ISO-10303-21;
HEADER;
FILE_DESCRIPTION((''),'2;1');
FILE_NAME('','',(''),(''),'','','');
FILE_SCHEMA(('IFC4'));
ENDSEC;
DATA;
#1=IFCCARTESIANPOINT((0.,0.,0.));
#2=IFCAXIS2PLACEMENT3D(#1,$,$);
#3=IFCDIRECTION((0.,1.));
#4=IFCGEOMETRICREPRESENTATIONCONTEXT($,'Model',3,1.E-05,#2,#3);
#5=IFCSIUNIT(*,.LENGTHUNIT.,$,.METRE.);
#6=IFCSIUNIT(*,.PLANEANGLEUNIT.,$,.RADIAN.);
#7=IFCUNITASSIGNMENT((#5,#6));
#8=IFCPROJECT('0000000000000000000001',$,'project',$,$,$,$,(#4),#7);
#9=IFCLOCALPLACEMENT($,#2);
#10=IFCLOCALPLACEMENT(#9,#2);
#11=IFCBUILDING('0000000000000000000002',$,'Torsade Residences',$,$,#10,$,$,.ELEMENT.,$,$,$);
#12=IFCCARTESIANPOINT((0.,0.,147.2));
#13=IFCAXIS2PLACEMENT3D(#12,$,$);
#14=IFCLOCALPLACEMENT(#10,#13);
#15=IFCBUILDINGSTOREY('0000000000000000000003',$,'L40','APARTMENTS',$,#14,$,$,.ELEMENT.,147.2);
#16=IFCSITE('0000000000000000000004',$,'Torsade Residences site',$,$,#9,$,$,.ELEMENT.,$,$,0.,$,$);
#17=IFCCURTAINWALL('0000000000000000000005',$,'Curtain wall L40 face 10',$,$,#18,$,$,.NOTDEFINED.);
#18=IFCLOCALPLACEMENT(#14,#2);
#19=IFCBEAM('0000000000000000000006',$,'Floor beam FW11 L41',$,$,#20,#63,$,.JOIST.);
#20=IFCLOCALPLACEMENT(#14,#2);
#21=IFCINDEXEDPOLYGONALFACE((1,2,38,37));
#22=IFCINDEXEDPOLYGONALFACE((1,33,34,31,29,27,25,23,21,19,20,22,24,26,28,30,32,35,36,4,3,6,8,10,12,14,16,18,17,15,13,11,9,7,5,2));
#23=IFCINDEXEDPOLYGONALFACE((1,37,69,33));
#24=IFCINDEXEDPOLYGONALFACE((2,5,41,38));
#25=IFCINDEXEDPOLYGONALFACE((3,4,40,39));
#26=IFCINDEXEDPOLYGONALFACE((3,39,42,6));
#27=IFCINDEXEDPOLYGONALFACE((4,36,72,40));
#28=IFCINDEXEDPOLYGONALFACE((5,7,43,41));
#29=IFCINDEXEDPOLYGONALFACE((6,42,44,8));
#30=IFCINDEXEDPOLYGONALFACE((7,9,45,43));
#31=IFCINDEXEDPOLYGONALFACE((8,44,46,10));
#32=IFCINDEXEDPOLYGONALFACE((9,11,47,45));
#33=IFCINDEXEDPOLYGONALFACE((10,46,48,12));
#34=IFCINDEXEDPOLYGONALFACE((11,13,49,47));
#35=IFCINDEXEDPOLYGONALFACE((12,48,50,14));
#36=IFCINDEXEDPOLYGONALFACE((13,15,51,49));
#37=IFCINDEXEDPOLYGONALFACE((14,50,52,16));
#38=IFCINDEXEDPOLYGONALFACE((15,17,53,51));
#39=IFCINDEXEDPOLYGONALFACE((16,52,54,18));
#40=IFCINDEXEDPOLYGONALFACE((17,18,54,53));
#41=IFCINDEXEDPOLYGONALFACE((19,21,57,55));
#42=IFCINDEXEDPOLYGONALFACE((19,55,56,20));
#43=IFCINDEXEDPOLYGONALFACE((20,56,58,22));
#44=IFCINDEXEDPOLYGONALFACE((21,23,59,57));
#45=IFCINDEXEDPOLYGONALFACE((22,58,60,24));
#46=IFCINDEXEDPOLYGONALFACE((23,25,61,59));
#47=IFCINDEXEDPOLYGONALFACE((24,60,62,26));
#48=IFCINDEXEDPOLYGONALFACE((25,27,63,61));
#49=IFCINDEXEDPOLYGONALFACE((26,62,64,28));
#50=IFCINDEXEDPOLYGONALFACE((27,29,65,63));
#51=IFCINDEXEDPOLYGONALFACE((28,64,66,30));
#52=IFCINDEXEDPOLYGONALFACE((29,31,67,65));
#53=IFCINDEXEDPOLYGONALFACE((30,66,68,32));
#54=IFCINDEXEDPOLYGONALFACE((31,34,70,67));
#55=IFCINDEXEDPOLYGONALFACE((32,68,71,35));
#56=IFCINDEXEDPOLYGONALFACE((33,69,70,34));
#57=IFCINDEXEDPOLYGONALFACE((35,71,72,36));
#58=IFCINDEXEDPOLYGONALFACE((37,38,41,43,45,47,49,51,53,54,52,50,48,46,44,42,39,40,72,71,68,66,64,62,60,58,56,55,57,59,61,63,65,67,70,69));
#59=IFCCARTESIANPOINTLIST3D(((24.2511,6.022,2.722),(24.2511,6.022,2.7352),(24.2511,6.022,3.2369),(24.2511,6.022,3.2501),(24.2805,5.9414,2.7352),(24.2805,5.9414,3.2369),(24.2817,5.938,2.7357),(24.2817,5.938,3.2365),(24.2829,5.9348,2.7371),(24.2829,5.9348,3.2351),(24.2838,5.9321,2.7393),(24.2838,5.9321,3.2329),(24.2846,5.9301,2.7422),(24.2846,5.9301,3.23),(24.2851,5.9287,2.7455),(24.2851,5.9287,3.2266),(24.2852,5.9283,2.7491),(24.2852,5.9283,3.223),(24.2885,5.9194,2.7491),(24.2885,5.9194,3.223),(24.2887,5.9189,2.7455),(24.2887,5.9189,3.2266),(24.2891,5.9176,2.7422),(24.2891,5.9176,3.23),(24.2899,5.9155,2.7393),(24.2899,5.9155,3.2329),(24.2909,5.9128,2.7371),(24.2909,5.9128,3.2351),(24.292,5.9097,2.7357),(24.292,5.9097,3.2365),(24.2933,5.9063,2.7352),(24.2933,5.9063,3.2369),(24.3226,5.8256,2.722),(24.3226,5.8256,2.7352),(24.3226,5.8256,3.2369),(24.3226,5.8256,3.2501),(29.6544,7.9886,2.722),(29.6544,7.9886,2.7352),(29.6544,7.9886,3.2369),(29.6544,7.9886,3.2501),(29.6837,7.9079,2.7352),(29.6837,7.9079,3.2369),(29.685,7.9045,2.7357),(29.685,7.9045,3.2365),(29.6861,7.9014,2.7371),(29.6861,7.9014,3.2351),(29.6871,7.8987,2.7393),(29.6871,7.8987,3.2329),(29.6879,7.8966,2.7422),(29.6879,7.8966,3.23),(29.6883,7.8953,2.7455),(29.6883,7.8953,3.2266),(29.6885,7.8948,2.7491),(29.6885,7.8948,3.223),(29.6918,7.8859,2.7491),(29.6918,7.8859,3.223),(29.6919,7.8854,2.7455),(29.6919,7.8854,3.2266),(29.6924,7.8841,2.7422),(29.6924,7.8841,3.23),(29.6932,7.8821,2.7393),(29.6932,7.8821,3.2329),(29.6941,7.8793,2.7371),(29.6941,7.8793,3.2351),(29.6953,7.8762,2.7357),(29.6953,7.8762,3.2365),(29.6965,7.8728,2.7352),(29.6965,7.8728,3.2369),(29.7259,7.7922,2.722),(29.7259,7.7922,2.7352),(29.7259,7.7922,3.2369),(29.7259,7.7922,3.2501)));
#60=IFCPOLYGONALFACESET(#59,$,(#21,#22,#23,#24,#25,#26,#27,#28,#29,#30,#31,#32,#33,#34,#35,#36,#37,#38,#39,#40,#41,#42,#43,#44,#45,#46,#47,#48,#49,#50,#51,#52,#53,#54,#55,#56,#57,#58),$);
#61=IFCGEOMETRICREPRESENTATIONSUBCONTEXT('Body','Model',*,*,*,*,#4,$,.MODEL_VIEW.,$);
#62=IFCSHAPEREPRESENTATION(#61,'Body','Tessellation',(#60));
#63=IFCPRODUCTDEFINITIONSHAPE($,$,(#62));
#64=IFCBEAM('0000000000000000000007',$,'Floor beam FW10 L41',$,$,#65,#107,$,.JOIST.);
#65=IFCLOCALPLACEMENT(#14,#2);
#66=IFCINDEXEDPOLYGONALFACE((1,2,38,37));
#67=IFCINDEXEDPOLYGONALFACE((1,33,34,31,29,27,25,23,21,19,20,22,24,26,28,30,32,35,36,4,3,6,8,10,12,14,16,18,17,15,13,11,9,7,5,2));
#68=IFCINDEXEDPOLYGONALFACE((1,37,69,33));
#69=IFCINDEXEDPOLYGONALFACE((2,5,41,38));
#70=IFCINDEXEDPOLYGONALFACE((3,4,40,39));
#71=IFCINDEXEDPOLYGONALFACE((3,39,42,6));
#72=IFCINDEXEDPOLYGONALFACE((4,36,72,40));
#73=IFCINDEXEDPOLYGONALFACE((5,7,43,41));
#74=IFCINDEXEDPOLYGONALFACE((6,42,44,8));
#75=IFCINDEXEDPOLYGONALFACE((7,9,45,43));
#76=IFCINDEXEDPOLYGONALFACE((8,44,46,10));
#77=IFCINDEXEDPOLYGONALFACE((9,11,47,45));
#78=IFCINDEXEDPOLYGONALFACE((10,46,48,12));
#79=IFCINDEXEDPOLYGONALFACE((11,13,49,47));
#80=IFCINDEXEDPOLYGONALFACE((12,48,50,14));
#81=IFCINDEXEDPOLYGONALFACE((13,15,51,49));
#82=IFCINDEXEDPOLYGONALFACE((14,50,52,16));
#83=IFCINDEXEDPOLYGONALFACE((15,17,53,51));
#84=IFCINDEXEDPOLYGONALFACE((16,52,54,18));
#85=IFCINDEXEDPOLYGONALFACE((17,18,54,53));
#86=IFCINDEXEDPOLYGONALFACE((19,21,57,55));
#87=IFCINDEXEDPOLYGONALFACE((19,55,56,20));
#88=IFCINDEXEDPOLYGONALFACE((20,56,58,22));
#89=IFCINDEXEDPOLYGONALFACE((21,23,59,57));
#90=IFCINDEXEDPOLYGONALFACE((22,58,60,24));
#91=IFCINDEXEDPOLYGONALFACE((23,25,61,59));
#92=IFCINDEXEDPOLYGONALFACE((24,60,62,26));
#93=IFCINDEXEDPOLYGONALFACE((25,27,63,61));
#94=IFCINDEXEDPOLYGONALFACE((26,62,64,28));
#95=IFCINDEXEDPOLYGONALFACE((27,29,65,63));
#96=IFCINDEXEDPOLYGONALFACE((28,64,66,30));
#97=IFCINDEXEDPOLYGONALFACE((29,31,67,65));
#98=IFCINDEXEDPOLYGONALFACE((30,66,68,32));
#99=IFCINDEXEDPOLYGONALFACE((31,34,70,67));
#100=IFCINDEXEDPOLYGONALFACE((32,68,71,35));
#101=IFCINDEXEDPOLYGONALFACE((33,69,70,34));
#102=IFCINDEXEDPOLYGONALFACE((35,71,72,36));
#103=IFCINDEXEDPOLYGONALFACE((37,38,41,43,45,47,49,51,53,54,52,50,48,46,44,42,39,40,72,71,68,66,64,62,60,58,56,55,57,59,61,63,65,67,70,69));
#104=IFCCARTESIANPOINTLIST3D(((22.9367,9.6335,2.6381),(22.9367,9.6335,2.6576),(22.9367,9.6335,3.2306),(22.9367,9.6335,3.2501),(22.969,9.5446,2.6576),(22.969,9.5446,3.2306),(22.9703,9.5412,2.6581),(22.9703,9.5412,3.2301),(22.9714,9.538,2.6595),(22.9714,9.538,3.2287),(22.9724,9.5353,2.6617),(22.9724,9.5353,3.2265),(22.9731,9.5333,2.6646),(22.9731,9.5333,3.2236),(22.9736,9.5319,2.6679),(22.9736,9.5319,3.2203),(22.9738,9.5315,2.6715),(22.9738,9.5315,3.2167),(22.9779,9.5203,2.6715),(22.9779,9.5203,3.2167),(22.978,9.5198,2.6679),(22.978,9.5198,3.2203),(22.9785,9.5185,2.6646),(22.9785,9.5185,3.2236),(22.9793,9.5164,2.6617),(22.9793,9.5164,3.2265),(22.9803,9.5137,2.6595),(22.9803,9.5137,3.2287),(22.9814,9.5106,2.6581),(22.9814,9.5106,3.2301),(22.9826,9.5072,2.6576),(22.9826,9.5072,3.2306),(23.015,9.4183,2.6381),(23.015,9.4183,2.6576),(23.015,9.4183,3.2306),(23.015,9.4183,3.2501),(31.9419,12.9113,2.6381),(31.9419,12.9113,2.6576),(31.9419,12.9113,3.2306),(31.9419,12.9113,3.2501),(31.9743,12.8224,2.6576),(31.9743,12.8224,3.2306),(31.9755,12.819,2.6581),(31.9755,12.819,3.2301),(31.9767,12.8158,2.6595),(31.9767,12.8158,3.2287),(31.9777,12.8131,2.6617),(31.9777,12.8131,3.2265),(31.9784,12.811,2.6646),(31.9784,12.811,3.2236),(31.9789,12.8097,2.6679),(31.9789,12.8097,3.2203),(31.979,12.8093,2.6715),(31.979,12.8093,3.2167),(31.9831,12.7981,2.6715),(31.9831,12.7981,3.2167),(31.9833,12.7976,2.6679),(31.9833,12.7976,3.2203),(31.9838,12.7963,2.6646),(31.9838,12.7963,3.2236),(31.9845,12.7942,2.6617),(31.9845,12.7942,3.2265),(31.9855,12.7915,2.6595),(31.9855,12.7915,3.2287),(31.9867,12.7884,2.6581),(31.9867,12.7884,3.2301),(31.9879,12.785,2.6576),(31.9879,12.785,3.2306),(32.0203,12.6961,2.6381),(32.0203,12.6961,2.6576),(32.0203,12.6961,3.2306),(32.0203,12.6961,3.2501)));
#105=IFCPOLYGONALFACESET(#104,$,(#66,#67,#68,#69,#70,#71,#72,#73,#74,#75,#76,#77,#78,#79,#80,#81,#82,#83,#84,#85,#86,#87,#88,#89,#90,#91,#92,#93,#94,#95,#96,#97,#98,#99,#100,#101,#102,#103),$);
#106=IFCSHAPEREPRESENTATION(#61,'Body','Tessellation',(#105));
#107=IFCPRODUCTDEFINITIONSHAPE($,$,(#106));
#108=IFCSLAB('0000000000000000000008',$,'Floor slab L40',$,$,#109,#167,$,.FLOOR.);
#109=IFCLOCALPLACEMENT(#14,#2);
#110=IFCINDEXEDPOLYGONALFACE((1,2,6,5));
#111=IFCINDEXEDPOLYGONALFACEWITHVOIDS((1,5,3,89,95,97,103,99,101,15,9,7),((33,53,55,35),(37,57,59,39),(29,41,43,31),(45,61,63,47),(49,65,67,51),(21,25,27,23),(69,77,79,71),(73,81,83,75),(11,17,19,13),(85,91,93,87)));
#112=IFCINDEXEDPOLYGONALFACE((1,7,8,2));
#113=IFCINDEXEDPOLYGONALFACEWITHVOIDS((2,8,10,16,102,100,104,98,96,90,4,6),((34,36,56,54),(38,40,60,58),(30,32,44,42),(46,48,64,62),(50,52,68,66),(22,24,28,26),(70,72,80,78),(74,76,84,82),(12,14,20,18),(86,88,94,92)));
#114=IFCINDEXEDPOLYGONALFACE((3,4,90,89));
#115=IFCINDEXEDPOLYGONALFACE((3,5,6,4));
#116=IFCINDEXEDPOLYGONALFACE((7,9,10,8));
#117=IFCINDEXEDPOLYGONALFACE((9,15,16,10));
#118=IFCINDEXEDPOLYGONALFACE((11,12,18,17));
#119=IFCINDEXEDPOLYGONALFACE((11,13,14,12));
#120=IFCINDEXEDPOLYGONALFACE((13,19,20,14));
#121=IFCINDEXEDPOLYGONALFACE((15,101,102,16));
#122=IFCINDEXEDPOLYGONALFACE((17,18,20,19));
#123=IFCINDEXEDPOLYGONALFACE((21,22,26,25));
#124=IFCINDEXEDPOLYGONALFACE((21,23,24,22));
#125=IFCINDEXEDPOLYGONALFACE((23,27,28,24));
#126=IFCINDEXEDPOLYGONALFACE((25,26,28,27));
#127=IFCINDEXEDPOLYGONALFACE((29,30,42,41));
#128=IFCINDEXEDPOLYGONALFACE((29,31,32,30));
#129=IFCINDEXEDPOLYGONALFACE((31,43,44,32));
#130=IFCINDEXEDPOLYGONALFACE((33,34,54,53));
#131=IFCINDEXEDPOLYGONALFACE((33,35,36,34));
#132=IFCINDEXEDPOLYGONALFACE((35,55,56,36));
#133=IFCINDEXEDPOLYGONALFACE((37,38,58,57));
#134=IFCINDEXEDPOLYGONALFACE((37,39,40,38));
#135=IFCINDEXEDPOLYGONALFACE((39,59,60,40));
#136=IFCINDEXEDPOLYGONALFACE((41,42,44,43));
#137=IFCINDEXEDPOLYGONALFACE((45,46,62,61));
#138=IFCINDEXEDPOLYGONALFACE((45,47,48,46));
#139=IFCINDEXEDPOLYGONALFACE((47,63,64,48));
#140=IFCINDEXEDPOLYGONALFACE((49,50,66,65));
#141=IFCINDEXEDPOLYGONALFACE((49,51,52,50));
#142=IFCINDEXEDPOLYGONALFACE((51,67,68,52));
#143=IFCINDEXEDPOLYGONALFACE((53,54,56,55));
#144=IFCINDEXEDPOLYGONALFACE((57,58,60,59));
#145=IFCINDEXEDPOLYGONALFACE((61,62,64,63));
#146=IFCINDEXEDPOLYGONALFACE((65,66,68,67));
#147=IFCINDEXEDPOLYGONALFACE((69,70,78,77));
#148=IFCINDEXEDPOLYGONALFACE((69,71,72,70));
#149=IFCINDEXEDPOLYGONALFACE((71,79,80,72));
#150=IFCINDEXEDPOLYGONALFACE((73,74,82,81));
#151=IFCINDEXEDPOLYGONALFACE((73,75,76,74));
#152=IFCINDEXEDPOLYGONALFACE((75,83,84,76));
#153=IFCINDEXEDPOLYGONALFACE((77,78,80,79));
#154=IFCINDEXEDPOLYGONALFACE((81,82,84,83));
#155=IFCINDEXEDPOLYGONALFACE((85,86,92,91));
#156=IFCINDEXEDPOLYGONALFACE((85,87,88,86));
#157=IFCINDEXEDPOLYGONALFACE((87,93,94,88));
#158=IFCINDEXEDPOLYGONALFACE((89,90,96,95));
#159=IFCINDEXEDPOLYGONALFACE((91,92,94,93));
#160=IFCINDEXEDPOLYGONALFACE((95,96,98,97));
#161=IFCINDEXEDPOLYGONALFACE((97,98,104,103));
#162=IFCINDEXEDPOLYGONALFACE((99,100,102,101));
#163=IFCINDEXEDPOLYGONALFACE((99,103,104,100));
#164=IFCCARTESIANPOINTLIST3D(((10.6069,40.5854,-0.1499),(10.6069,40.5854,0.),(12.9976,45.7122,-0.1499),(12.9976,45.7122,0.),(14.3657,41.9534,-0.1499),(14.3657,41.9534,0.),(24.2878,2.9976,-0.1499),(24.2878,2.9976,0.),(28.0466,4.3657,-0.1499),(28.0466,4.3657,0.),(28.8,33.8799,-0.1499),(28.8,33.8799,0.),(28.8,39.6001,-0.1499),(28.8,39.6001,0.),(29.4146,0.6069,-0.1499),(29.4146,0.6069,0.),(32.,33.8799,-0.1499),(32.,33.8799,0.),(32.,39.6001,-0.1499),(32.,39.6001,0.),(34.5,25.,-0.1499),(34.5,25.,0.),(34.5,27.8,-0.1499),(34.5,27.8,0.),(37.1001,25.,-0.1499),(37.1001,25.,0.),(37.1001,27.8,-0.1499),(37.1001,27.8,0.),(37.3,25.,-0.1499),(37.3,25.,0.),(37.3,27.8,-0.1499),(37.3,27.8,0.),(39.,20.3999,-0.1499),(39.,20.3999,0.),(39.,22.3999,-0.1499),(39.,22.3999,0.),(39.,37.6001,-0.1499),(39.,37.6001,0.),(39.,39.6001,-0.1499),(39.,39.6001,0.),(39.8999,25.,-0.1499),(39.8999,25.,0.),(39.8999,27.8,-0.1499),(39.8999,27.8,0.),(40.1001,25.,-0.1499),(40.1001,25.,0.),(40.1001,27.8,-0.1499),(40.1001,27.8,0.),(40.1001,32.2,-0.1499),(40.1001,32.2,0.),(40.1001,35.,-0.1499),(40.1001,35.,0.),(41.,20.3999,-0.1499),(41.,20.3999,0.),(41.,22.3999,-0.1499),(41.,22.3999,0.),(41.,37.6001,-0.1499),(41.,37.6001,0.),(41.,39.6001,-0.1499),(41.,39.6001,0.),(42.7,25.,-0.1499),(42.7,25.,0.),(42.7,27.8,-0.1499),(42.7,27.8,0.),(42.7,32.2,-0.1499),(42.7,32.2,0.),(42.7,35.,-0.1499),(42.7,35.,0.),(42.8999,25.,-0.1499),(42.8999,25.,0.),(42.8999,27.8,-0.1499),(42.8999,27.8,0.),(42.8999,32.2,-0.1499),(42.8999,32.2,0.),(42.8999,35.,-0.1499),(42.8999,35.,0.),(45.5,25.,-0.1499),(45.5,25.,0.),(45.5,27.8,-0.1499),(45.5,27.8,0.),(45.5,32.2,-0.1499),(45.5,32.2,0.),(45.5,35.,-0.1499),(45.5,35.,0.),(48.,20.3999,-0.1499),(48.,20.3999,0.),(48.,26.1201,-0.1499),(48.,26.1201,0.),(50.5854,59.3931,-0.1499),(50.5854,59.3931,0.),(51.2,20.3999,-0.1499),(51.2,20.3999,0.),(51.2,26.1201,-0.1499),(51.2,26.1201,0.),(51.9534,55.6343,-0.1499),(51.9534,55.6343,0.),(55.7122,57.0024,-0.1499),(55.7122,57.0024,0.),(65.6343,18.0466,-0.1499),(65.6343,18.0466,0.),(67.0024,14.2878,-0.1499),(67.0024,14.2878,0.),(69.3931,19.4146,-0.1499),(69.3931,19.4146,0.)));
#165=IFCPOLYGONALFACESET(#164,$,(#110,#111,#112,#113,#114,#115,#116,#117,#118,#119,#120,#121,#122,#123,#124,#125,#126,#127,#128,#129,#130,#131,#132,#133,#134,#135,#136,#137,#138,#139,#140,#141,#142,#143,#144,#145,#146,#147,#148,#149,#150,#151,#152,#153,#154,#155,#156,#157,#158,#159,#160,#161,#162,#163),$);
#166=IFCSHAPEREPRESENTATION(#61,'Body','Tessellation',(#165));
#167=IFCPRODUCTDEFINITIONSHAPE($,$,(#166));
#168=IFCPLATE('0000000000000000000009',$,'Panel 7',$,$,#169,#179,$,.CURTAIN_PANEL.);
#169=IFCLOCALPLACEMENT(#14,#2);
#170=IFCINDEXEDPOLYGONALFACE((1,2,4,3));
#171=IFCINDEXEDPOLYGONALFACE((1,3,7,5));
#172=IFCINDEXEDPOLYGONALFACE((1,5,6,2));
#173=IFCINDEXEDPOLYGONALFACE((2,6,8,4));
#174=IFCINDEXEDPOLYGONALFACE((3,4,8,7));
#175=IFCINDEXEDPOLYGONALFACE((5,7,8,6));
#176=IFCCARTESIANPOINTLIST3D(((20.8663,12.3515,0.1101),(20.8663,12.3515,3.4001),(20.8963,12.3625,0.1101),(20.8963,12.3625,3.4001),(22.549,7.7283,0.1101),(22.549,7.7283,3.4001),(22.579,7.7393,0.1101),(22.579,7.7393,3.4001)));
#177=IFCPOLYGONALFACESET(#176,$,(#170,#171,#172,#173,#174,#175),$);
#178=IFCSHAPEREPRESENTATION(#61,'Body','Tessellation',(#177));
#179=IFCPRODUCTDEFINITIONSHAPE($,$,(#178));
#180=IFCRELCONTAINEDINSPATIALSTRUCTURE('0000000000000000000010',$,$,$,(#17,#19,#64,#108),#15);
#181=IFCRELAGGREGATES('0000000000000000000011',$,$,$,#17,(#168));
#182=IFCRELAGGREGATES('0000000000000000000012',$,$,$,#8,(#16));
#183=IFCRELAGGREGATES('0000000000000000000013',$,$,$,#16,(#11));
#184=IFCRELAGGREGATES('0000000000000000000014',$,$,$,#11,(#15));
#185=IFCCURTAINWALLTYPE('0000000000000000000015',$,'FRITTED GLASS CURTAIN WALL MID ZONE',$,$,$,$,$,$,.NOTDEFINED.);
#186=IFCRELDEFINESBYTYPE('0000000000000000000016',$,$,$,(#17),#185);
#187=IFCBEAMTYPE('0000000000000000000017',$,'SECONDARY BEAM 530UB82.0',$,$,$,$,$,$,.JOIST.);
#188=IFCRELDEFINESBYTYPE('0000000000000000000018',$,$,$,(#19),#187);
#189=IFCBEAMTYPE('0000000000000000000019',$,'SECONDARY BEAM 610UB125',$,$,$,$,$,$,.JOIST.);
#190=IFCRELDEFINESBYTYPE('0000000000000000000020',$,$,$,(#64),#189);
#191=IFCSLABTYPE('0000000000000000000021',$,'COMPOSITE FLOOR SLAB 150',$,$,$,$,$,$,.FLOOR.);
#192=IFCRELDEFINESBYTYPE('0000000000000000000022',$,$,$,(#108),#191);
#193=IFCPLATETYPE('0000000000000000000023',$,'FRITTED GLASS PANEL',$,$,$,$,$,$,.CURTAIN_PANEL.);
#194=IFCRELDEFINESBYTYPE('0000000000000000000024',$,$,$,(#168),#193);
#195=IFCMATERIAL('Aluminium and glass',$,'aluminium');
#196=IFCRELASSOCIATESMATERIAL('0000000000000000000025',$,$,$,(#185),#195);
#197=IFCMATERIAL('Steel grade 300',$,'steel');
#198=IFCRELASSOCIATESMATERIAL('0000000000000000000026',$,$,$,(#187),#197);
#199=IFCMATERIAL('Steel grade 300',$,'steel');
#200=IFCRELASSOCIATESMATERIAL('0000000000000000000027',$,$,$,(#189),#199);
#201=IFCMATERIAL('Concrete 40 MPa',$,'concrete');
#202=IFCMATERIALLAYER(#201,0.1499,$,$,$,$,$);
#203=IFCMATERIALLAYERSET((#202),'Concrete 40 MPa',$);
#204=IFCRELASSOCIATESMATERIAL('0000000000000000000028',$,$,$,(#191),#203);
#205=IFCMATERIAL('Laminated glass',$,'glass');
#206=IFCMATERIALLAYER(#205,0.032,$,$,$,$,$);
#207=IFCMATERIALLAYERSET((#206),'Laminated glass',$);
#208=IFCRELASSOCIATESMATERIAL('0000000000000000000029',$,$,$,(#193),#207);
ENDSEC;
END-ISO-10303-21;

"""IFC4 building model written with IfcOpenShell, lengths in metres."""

from ifc_helpers import new_model, si_unit, direction, frame, origin, origin_2d, place, context, subcontext, project, spatial, polyline, rectangle, i_section, outline, extrude, material, layer, layer_set, material_profile, profile_set, type_object, element, aggregate, save


model = new_model("IFC4")

# Units and contexts
model_context = context("Model", 3, precision=1e-05, world=origin(), true_north=direction((0.0, 1.0)))
body_context = subcontext(model_context, "Body", "Model", "MODEL_VIEW")
ifc_project = project(units=[si_unit("LENGTHUNIT", "METRE"), si_unit("PLANEANGLEUNIT", "RADIAN")], contexts=[model_context])

# Site, building, storey
site_placement = place(None, origin())
site = spatial("IfcSite", under=ifc_project, at=site_placement, Name="Torsade Residences site", CompositionType="ELEMENT", RefElevation=0.0)
building_placement = place(site_placement, origin())
building = spatial("IfcBuilding", under=site, at=building_placement, Name="Torsade Residences", CompositionType="ELEMENT")
storey_placement = place(building_placement, frame((0.0, 0.0, 147.2)))
storey = spatial("IfcBuildingStorey", under=building, at=storey_placement, Name="L40", Description="APARTMENTS", CompositionType="ELEMENT", Elevation=147.2)

# Curtain wall
ifc_material_1 = material(Name="Aluminium and glass", Category="aluminium")
curtain_wall_type = type_object("IfcCurtainWallType", Name="FRITTED GLASS CURTAIN WALL MID ZONE", PredefinedType="NOTDEFINED", material=ifc_material_1)
curtain_wall_placement = place(storey_placement, origin())
curtain_wall = element("IfcCurtainWall", 1, at=curtain_wall_placement, inside=storey, type_object=curtain_wall_type, Name="Curtain wall L40 face 10", PredefinedType="NOTDEFINED")

# Beams
ifc_material_2 = material(Name="Steel grade 300", Category="steel")
ifc_material_profile_1 = material_profile(ifc_material_2, i_section(OverallWidth=0.209, OverallDepth=0.5281, WebThickness=0.0095, FlangeThickness=0.0132, FilletRadius=0.0139, at=origin_2d()), Name="530UB82.0")
ifc_profile_set_1 = profile_set([ifc_material_profile_1], Name="Steel grade 300")
beam_type_1 = type_object("IfcBeamType", Name="SECONDARY BEAM 530UB82.0", PredefinedType="JOIST", material=ifc_profile_set_1)
beam_1_placement = place(storey_placement, frame((24.2869, 5.9238, 2.9861), z_axis=(0.939698, 0.342006, 0.0), x_axis=(-0.342006, 0.939698, 0.0)))
element("IfcBeam", 2, at=beam_1_placement, inside=storey, type_object=beam_type_1, Name="Floor beam FW11 L41", PredefinedType="JOIST", context=body_context, shape_type="SweptSolid", body=[
    extrude(i_section(OverallWidth=0.209, OverallDepth=0.5281, WebThickness=0.0095, FlangeThickness=0.0132, FilletRadius=0.0139, at=origin_2d()), origin(), (0.0, 0.0, 1.0), 5.75),
])
ifc_material_3 = material(Name="Steel grade 300", Category="steel")
ifc_material_profile_2 = material_profile(ifc_material_3, i_section(OverallWidth=0.229, OverallDepth=0.6121, WebThickness=0.012, FlangeThickness=0.0195, FilletRadius=0.0139, at=origin_2d()), Name="610UB125")
ifc_profile_set_2 = profile_set([ifc_material_profile_2], Name="Steel grade 300")
beam_type_2 = type_object("IfcBeamType", Name="SECONDARY BEAM 610UB125", PredefinedType="JOIST", material=ifc_profile_set_2)
beam_2_placement = place(storey_placement, frame((22.9758, 9.5259, 2.9441), z_axis=(0.939688, 0.342034, 0.0), x_axis=(-0.342034, 0.939688, 0.0)))
element("IfcBeam", 3, at=beam_2_placement, inside=storey, type_object=beam_type_2, Name="Floor beam FW10 L41", PredefinedType="JOIST", context=body_context, shape_type="SweptSolid", body=[
    extrude(i_section(OverallWidth=0.229, OverallDepth=0.6121, WebThickness=0.012, FlangeThickness=0.0195, FilletRadius=0.0139, at=origin_2d()), origin(), (0.0, 0.0, 1.0), 9.5833),
])

# Slab
ifc_material_4 = material(Name="Concrete 40 MPa", Category="concrete")
ifc_layer_1 = layer(ifc_material_4, 0.1499)
ifc_layer_set_1 = layer_set([ifc_layer_1], Name="Concrete 40 MPa")
slab_type_1 = type_object("IfcSlabType", Name="COMPOSITE FLOOR SLAB 150", PredefinedType="FLOOR", material=ifc_layer_set_1)
slab_1_placement = place(storey_placement, frame((0.0, 0.0, -0.1499)))
element("IfcSlab", 4, at=slab_1_placement, inside=storey, type_object=slab_type_1, Name="Floor slab L40", PredefinedType="FLOOR", context=body_context, shape_type="SweptSolid", body=[
    extrude(outline(polyline([(29.4146, 0.6069), (67.0024, 14.2878), (65.6343, 18.0466), (69.3931, 19.4146), (55.7122, 57.0024), (51.9534, 55.6343), (50.5854, 59.3931), (12.9976, 45.7122), (14.3657, 41.9534), (10.6069, 40.5854), (24.2878, 2.9976), (28.0466, 4.3657), (29.4146, 0.6069)]), holes=[polyline([(51.2, 26.1201), (48.0, 26.1201), (48.0, 20.3999), (51.2, 20.3999), (51.2, 26.1201)]), polyline([(45.5, 27.8), (42.8999, 27.8), (42.8999, 25.0), (45.5, 25.0), (45.5, 27.8)]), polyline([(45.5, 35.0), (42.8999, 35.0), (42.8999, 32.2), (45.5, 32.2), (45.5, 35.0)]), polyline([(42.7, 25.0), (42.7, 27.8), (40.1001, 27.8), (40.1001, 25.0), (42.7, 25.0)]), polyline([(42.7, 35.0), (40.1001, 35.0), (40.1001, 32.2), (42.7, 32.2), (42.7, 35.0)]), polyline([(41.0, 22.3999), (39.0, 22.3999), (39.0, 20.3999), (41.0, 20.3999), (41.0, 22.3999)]), polyline([(41.0, 37.6001), (41.0, 39.6001), (39.0, 39.6001), (39.0, 37.6001), (41.0, 37.6001)]), polyline([(39.8999, 25.0), (39.8999, 27.8), (37.3, 27.8), (37.3, 25.0), (39.8999, 25.0)]), polyline([(37.1001, 27.8), (34.5, 27.8), (34.5, 25.0), (37.1001, 25.0), (37.1001, 27.8)]), polyline([(32.0, 33.8799), (32.0, 39.6001), (28.8, 39.6001), (28.8, 33.8799), (32.0, 33.8799)])]), origin(), (0.0, 0.0, 1.0), 0.1499),
])

# Plate
ifc_material_5 = material(Name="Laminated glass", Category="glass")
ifc_layer_2 = layer(ifc_material_5, 0.032)
ifc_layer_set_2 = layer_set([ifc_layer_2], Name="Laminated glass")
plate_type = type_object("IfcPlateType", Name="FRITTED GLASS PANEL", PredefinedType="CURTAIN_PANEL", material=ifc_layer_set_2)
plate_1_placement = place(storey_placement, frame((21.7227, 10.0454, 0.1101), z_axis=(0.0, 0.0, 1.0), x_axis=(0.34202, -0.939693, 0.0)))
plate_1 = element("IfcPlate", 5, at=plate_1_placement, type_object=plate_type, Name="Panel 7", PredefinedType="CURTAIN_PANEL", context=body_context, shape_type="SweptSolid", body=[
    extrude(rectangle(XDim=4.9199, YDim=0.032, at=origin_2d()), origin(), (0.0, 0.0, 1.0), 3.29),
])
aggregate(curtain_wall, [plate_1])

save(model, "model.ifc")
